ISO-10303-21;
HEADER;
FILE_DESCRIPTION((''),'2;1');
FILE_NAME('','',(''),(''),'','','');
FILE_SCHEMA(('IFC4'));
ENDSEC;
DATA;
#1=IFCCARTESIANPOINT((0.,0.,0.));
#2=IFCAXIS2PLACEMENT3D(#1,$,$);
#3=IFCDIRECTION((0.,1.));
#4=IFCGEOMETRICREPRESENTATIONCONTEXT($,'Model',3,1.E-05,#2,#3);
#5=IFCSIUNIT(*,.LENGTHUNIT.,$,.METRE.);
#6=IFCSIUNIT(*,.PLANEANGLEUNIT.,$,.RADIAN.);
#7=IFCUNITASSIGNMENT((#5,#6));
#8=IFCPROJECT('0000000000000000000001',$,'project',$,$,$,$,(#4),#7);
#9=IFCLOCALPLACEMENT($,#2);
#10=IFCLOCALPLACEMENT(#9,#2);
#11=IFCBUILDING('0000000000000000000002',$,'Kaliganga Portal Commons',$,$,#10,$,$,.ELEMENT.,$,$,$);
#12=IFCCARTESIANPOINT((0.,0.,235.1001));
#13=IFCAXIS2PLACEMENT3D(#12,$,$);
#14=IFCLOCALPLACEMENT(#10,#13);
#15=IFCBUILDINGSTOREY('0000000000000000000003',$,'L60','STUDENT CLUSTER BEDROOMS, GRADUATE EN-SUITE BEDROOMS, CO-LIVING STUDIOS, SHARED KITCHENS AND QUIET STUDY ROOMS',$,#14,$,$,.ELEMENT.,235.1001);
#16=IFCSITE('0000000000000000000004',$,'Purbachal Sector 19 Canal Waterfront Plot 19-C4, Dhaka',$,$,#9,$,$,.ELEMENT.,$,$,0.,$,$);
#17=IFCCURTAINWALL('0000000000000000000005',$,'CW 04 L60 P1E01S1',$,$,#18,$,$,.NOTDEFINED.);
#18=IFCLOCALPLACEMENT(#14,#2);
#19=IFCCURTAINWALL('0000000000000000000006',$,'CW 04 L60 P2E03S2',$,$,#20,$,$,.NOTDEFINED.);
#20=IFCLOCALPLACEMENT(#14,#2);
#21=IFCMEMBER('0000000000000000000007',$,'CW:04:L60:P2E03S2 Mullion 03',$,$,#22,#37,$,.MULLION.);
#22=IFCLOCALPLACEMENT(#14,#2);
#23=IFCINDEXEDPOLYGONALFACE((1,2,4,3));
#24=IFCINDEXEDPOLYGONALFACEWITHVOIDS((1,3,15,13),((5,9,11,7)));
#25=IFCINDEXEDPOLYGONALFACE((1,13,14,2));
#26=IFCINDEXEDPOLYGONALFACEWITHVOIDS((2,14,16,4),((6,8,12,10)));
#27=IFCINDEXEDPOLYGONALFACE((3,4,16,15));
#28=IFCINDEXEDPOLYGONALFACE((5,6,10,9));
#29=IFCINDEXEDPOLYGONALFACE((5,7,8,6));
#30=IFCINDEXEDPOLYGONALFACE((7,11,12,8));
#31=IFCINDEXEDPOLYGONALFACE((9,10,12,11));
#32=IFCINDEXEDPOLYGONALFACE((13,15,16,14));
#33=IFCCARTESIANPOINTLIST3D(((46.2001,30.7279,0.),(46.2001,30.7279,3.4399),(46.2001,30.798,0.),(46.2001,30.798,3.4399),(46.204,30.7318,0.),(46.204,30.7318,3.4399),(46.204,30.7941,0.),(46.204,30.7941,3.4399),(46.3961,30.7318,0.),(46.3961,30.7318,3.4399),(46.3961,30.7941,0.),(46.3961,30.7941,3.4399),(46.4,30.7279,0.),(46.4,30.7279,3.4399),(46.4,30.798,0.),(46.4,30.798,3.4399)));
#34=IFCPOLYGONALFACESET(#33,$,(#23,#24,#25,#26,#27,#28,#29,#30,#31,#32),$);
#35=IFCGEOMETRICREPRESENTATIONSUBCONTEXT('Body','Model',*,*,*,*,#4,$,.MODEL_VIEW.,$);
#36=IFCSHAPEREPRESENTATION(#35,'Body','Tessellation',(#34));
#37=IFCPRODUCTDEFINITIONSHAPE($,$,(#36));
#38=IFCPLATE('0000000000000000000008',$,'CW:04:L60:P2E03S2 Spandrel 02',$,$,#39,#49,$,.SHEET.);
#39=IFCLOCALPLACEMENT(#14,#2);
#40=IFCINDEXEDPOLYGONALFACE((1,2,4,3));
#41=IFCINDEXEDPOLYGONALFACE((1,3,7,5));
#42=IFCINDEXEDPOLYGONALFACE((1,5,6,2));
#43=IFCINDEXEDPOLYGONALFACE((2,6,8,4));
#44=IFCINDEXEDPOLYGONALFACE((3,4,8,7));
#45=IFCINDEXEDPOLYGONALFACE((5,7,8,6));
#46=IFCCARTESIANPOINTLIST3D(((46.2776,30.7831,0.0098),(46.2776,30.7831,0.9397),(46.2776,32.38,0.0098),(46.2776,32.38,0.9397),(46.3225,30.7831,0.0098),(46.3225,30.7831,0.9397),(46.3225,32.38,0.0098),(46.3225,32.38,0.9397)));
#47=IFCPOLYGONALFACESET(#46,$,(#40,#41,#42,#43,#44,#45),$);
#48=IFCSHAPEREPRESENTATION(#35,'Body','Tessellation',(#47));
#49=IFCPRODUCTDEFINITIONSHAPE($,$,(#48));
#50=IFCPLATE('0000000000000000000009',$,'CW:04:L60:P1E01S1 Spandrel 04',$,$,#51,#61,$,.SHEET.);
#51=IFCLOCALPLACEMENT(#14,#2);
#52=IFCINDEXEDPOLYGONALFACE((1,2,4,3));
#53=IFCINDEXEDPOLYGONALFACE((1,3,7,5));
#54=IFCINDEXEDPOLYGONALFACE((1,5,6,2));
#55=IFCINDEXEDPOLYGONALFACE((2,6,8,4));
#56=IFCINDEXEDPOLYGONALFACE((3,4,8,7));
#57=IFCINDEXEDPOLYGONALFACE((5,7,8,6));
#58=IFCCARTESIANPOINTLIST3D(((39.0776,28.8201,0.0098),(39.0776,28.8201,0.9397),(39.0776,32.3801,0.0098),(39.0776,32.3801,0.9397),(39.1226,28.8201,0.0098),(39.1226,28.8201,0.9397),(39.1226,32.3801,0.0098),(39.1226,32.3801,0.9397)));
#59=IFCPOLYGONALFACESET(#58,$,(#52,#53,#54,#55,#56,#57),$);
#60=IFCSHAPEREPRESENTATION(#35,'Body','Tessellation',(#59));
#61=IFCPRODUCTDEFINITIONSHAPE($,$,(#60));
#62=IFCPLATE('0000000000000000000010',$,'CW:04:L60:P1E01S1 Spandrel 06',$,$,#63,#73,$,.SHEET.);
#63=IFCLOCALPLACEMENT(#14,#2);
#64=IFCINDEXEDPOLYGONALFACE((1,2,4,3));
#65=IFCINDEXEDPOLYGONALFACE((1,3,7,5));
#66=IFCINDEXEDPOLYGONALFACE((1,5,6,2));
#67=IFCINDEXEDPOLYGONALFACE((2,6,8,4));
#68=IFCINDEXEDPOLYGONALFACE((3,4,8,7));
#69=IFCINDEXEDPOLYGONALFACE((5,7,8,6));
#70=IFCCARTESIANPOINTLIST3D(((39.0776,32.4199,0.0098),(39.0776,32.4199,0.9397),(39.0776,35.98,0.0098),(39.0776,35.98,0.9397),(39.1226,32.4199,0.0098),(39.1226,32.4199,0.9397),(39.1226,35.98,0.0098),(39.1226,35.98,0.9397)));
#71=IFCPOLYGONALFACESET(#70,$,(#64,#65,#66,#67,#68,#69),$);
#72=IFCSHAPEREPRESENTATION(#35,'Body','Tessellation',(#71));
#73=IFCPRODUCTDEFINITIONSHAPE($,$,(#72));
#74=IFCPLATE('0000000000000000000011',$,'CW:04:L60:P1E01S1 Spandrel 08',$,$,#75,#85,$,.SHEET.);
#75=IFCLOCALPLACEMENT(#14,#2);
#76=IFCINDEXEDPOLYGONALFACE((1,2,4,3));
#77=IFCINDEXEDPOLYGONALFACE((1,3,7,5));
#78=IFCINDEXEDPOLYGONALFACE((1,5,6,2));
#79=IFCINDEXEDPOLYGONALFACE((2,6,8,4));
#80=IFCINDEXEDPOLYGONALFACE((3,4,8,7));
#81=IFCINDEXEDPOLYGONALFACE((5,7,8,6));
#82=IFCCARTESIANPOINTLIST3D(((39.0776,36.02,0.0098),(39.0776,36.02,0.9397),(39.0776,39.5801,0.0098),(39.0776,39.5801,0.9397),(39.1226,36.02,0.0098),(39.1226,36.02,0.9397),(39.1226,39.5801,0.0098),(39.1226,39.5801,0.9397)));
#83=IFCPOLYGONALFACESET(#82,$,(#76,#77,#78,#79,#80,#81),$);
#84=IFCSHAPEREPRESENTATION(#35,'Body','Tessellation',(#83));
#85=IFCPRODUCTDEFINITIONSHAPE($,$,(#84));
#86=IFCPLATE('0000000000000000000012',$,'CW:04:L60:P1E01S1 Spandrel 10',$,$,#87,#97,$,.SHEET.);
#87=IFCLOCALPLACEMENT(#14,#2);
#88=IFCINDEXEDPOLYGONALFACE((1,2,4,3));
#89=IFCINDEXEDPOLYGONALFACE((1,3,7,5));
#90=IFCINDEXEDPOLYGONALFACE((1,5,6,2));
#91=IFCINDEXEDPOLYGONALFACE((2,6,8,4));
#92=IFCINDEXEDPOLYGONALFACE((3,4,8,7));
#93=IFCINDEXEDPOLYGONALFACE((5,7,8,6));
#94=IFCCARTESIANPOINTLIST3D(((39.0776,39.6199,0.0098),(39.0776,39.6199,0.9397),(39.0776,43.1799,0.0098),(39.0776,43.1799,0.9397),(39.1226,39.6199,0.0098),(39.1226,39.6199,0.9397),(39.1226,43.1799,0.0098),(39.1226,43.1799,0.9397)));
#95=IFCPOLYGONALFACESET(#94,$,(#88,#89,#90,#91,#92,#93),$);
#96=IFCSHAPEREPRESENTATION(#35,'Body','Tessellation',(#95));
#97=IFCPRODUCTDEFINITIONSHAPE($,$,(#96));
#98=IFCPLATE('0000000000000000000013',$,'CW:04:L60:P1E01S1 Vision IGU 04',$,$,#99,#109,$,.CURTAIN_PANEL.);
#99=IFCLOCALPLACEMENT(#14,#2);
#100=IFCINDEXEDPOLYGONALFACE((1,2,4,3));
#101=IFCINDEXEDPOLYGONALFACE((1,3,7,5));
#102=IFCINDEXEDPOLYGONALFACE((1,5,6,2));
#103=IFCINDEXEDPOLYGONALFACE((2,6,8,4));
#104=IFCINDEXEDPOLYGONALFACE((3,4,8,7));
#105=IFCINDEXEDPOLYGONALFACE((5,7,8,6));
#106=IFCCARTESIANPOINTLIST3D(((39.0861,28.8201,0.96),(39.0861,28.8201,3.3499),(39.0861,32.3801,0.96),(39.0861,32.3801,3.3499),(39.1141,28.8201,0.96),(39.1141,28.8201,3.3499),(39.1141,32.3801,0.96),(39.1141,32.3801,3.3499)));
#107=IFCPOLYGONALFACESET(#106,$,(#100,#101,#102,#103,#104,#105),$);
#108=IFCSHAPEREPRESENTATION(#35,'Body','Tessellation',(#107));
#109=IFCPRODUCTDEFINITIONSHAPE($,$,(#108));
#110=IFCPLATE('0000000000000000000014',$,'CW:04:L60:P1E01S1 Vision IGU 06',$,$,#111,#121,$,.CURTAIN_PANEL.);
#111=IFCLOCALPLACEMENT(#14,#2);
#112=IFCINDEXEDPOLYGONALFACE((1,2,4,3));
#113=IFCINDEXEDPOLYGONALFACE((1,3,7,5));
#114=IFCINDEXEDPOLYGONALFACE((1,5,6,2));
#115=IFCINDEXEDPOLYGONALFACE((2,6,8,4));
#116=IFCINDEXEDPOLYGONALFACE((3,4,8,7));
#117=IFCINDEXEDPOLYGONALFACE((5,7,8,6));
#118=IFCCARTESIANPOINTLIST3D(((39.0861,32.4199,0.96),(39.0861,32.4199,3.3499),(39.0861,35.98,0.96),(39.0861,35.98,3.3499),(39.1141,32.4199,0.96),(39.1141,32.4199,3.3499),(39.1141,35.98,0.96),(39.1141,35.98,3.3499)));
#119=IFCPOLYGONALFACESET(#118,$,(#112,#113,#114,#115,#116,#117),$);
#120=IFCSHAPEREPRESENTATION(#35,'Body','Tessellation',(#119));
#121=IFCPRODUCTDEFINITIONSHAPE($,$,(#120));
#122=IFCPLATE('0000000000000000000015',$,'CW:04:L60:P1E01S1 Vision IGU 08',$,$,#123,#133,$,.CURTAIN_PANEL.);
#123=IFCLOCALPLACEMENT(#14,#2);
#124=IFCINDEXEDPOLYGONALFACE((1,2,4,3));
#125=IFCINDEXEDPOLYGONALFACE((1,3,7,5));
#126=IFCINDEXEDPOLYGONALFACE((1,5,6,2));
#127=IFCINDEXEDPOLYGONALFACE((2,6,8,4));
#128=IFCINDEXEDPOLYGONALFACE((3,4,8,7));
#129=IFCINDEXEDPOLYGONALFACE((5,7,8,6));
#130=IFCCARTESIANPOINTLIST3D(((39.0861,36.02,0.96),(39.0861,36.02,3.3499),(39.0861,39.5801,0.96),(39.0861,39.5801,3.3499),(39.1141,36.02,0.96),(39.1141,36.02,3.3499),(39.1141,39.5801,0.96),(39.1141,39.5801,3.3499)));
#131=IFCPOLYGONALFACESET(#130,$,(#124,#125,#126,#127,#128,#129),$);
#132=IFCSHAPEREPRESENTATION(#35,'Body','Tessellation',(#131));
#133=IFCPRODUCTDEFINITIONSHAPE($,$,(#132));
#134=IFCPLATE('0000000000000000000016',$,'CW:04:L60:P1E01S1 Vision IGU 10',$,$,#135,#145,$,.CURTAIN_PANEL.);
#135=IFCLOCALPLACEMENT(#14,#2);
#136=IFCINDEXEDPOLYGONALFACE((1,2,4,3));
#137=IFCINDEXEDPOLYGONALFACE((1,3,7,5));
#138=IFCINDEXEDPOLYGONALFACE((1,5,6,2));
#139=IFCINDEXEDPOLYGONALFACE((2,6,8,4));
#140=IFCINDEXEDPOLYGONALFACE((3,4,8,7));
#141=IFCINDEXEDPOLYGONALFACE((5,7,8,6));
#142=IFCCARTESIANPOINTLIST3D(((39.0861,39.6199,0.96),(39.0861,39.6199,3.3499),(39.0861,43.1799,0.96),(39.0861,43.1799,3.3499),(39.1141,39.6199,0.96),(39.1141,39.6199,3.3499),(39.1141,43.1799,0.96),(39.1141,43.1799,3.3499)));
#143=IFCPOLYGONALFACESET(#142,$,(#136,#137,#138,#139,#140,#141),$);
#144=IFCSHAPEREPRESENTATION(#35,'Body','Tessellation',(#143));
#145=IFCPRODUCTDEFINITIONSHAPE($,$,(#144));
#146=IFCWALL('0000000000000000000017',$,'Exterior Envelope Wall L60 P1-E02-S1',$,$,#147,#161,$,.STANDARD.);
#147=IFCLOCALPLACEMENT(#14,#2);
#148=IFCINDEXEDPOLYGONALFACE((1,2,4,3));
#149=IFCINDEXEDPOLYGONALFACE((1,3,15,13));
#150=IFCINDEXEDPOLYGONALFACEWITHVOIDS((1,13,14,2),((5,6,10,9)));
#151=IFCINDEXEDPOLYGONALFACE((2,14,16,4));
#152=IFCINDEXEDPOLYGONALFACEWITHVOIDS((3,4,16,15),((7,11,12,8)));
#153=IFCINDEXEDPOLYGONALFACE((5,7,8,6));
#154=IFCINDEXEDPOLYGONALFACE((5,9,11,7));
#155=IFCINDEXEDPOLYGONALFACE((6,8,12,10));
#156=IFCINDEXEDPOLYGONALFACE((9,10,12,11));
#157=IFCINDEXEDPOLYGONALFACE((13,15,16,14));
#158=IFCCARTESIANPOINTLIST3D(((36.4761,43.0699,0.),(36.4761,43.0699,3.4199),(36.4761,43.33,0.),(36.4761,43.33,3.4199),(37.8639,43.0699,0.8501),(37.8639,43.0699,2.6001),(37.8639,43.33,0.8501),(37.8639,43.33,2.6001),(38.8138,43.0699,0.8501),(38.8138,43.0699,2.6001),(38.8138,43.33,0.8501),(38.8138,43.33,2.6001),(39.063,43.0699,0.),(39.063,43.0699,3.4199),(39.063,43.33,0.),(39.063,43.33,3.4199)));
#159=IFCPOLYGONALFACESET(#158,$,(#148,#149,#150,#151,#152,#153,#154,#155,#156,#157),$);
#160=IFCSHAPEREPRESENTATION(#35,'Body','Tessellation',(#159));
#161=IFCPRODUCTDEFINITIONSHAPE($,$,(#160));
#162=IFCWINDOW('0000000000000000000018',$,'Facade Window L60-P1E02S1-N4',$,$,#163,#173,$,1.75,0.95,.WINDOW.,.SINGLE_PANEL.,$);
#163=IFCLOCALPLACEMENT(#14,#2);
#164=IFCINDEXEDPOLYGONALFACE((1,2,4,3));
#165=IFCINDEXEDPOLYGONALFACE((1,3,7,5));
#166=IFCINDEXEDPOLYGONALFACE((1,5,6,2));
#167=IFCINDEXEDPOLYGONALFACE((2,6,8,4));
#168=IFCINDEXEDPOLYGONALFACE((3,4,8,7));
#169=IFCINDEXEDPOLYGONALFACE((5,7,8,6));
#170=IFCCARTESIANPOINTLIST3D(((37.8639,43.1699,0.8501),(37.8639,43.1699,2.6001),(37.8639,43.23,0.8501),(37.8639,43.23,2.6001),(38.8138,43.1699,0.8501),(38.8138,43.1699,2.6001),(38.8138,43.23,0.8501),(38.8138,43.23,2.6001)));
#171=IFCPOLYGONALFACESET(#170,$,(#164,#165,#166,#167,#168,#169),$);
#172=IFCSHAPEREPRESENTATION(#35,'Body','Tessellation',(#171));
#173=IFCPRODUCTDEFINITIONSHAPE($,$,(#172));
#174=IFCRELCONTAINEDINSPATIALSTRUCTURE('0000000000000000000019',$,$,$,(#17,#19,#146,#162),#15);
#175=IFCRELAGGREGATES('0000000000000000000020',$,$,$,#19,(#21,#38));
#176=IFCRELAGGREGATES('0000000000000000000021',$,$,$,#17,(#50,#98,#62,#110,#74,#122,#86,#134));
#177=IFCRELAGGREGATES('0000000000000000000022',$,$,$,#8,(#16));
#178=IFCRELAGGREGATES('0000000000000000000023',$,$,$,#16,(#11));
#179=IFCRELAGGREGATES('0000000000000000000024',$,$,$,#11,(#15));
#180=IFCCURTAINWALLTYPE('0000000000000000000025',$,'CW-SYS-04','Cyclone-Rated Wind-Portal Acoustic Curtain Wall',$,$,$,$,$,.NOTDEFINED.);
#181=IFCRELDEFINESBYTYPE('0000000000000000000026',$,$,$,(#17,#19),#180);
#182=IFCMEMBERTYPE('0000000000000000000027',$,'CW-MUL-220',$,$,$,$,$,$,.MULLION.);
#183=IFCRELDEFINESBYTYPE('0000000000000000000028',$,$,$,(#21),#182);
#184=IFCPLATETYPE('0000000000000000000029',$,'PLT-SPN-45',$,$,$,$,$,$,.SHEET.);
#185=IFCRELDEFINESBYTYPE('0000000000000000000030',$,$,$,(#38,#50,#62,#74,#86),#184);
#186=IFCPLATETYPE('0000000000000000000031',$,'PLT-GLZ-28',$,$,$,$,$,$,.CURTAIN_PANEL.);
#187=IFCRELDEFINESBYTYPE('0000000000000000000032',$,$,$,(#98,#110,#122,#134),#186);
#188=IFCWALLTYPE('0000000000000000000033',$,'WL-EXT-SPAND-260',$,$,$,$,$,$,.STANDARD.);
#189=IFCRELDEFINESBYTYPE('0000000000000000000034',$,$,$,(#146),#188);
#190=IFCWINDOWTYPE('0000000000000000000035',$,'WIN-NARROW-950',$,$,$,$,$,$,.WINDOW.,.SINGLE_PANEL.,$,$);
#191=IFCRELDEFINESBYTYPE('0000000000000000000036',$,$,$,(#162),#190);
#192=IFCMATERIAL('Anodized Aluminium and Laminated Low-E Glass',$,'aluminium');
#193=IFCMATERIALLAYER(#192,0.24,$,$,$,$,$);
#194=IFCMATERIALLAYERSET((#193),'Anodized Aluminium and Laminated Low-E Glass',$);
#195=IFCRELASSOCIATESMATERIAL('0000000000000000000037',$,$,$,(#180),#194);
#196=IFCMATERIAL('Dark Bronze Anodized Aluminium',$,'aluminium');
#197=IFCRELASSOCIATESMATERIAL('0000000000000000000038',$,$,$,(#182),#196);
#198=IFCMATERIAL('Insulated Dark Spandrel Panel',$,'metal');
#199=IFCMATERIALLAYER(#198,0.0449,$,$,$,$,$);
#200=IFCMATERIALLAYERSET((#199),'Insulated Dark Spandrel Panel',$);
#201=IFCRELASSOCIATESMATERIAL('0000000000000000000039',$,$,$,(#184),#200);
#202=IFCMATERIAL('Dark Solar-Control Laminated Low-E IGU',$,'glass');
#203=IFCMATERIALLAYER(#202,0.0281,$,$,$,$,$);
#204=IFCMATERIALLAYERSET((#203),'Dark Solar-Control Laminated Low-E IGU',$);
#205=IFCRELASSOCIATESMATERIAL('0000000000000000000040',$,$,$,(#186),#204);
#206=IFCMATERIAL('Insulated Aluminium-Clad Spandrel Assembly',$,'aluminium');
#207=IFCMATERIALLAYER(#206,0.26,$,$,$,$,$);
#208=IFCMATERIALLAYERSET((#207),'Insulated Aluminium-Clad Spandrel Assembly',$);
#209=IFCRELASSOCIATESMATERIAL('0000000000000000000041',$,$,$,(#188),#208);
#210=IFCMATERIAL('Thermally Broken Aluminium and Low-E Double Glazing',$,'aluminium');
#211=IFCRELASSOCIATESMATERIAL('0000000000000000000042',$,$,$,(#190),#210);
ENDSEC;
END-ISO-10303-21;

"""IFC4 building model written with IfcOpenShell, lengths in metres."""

from ifc_helpers import new_model, si_unit, direction, frame, frame_2d, origin, origin_2d, place, context, subcontext, project, spatial, rectangle, hollow_rectangle, extrude, source, transform, mapped, material, layer, layer_set, material_profile, profile_set, type_object, element, fill, aggregate, save


model = new_model("IFC4")

# Units and contexts
model_context = context("Model", 3, precision=1e-05, world=origin(), true_north=direction((0.0, 1.0)))
body_context = subcontext(model_context, "Body", "Model", "MODEL_VIEW")
ifc_project = project(units=[si_unit("LENGTHUNIT", "METRE"), si_unit("PLANEANGLEUNIT", "RADIAN")], contexts=[model_context])

# Site, building, storey
site_placement = place(None, origin())
site = spatial("IfcSite", under=ifc_project, at=site_placement, Name="Purbachal Sector 19 Canal Waterfront Plot 19-C4, Dhaka", CompositionType="ELEMENT", RefElevation=0.0)
building_placement = place(site_placement, origin())
building = spatial("IfcBuilding", under=site, at=building_placement, Name="Kaliganga Portal Commons", CompositionType="ELEMENT")
storey_placement = place(building_placement, frame((0.0, 0.0, 235.1001)))
storey = spatial("IfcBuildingStorey", under=building, at=storey_placement, Name="L60", Description="STUDENT CLUSTER BEDROOMS, GRADUATE EN-SUITE BEDROOMS, CO-LIVING STUDIOS, SHARED KITCHENS AND QUIET STUDY ROOMS", CompositionType="ELEMENT", Elevation=235.1001)

# Curtain wall
ifc_material_1 = material(Name="Anodized Aluminium and Laminated Low-E Glass", Category="aluminium")
ifc_layer_1 = layer(ifc_material_1, 0.24)
ifc_layer_set_1 = layer_set([ifc_layer_1], Name="Anodized Aluminium and Laminated Low-E Glass")
curtain_wall_type = type_object("IfcCurtainWallType", Name="CW-SYS-04", Description="Cyclone-Rated Wind-Portal Acoustic Curtain Wall", PredefinedType="NOTDEFINED", material=ifc_layer_set_1)
curtain_wall_1_placement = place(storey_placement, origin())
curtain_wall_1 = element("IfcCurtainWall", 1, at=curtain_wall_1_placement, inside=storey, type_object=curtain_wall_type, Name="CW 04 L60 P1E01S1", PredefinedType="NOTDEFINED")
ifc_material_2 = material(Name="Dark Bronze Anodized Aluminium", Category="aluminium")
ifc_material_profile_1 = material_profile(ifc_material_2, hollow_rectangle(XDim=0.0701, YDim=0.2, WallThickness=0.0039, at=origin_2d()), Name="ALU MULL 70x200x4")
ifc_profile_set_1 = profile_set([ifc_material_profile_1], Name="Dark Bronze Anodized Aluminium")
member_type = type_object("IfcMemberType", Name="CW-MUL-220", PredefinedType="MULLION", material=ifc_profile_set_1)
shared_shape_1 = source(origin(), body_context, "Body", "SweptSolid", [
    extrude(hollow_rectangle(XDim=0.0701, YDim=0.2, WallThickness=0.0039, at=origin_2d()), origin(), (0.0, 0.0, 1.0), 3.4399),
])

# Curtain wall, member, plate
curtain_wall_2_placement = place(storey_placement, origin())
curtain_wall_2 = element("IfcCurtainWall", 2, at=curtain_wall_2_placement, inside=storey, type_object=curtain_wall_type, Name="CW 04 L60 P2E03S2", PredefinedType="NOTDEFINED")
member_1_placement = place(storey_placement, frame((46.3, 30.7629, 0.0), z_axis=(0.0, 0.0, 1.0), x_axis=(0.0, -1.0, 0.0)))
member_1 = element("IfcMember", 3, at=member_1_placement, type_object=member_type, Name="CW:04:L60:P2E03S2 Mullion 03", PredefinedType="MULLION", context=body_context, shape_type="MappedRepresentation", body=[
    mapped(shared_shape_1, transform((0.0, 0.0, 0.0), x_axis=(1.0, 0.0, 0.0), y_axis=(0.0, 1.0, 0.0), z_axis=(0.0, 0.0, 1.0), scale=1.0)),
])
ifc_material_3 = material(Name="Insulated Dark Spandrel Panel", Category="metal")
ifc_layer_2 = layer(ifc_material_3, 0.0449)
ifc_layer_set_2 = layer_set([ifc_layer_2], Name="Insulated Dark Spandrel Panel")
plate_type_1 = type_object("IfcPlateType", Name="PLT-SPN-45", PredefinedType="SHEET", material=ifc_layer_set_2)
shared_shape_2 = source(origin(), body_context, "Body", "SweptSolid", [
    extrude(rectangle(XDim=1.5969, YDim=0.0449, at=origin_2d()), origin(), (0.0, 0.0, 1.0), 0.9299),
])
plate_1_placement = place(storey_placement, frame((46.3, 31.5815, 0.0098), z_axis=(0.0, 0.0, 1.0), x_axis=(0.0, -1.0, 0.0)))
plate_1 = element("IfcPlate", 4, at=plate_1_placement, type_object=plate_type_1, Name="CW:04:L60:P2E03S2 Spandrel 02", PredefinedType="SHEET", context=body_context, shape_type="MappedRepresentation", body=[
    mapped(shared_shape_2, transform((0.0, 0.0, 0.0), x_axis=(1.0, 0.0, 0.0), y_axis=(0.0, 1.0, 0.0), z_axis=(0.0, 0.0, 1.0), scale=1.0)),
])
aggregate(curtain_wall_2, [member_1, plate_1])

# Plates
shared_shape_3 = source(origin(), body_context, "Body", "SweptSolid", [
    extrude(rectangle(XDim=3.5601, YDim=0.0449, at=origin_2d()), origin(), (0.0, 0.0, 1.0), 0.9299),
])
plate_2_placement = place(storey_placement, frame((39.1001, 30.6001, 0.0098), z_axis=(0.0, 0.0, 1.0), x_axis=(0.0, 1.0, 0.0)))
plate_2 = element("IfcPlate", 5, at=plate_2_placement, type_object=plate_type_1, Name="CW:04:L60:P1E01S1 Spandrel 04", PredefinedType="SHEET", context=body_context, shape_type="MappedRepresentation", body=[
    mapped(shared_shape_3, transform((0.0, 0.0, 0.0), x_axis=(1.0, 0.0, 0.0), y_axis=(0.0, 1.0, 0.0), z_axis=(0.0, 0.0, 1.0), scale=1.0)),
])
plate_3_placement = place(storey_placement, frame((39.1001, 34.2, 0.0098), z_axis=(0.0, 0.0, 1.0), x_axis=(0.0, 1.0, 0.0)))
plate_3 = element("IfcPlate", 6, at=plate_3_placement, type_object=plate_type_1, Name="CW:04:L60:P1E01S1 Spandrel 06", PredefinedType="SHEET", context=body_context, shape_type="MappedRepresentation", body=[
    mapped(shared_shape_3, transform((0.0, 0.0, 0.0), x_axis=(1.0, 0.0, 0.0), y_axis=(0.0, 1.0, 0.0), z_axis=(0.0, 0.0, 1.0), scale=1.0)),
])
plate_4_placement = place(storey_placement, frame((39.1001, 37.8, 0.0098), z_axis=(0.0, 0.0, 1.0), x_axis=(0.0, 1.0, 0.0)))
plate_4 = element("IfcPlate", 7, at=plate_4_placement, type_object=plate_type_1, Name="CW:04:L60:P1E01S1 Spandrel 08", PredefinedType="SHEET", context=body_context, shape_type="MappedRepresentation", body=[
    mapped(shared_shape_3, transform((0.0, 0.0, 0.0), x_axis=(1.0, 0.0, 0.0), y_axis=(0.0, 1.0, 0.0), z_axis=(0.0, 0.0, 1.0), scale=1.0)),
])
plate_5_placement = place(storey_placement, frame((39.1001, 41.3999, 0.0098), z_axis=(0.0, 0.0, 1.0), x_axis=(0.0, 1.0, 0.0)))
plate_5 = element("IfcPlate", 8, at=plate_5_placement, type_object=plate_type_1, Name="CW:04:L60:P1E01S1 Spandrel 10", PredefinedType="SHEET", context=body_context, shape_type="MappedRepresentation", body=[
    mapped(shared_shape_3, transform((0.0, 0.0, 0.0), x_axis=(1.0, 0.0, 0.0), y_axis=(0.0, 1.0, 0.0), z_axis=(0.0, 0.0, 1.0), scale=1.0)),
])
ifc_material_4 = material(Name="Dark Solar-Control Laminated Low-E IGU", Category="glass")
ifc_layer_3 = layer(ifc_material_4, 0.0281)
ifc_layer_set_3 = layer_set([ifc_layer_3], Name="Dark Solar-Control Laminated Low-E IGU")
plate_type_2 = type_object("IfcPlateType", Name="PLT-GLZ-28", PredefinedType="CURTAIN_PANEL", material=ifc_layer_set_3)
shared_shape_4 = source(origin(), body_context, "Body", "SweptSolid", [
    extrude(rectangle(XDim=3.5601, YDim=0.0281, at=origin_2d()), origin(), (0.0, 0.0, 1.0), 2.3899),
])
plate_6_placement = place(storey_placement, frame((39.1001, 30.6001, 0.96), z_axis=(0.0, 0.0, 1.0), x_axis=(0.0, 1.0, 0.0)))
plate_6 = element("IfcPlate", 9, at=plate_6_placement, type_object=plate_type_2, Name="CW:04:L60:P1E01S1 Vision IGU 04", PredefinedType="CURTAIN_PANEL", context=body_context, shape_type="MappedRepresentation", body=[
    mapped(shared_shape_4, transform((0.0, 0.0, 0.0), x_axis=(1.0, 0.0, 0.0), y_axis=(0.0, 1.0, 0.0), z_axis=(0.0, 0.0, 1.0), scale=1.0)),
])
plate_7_placement = place(storey_placement, frame((39.1001, 34.2, 0.96), z_axis=(0.0, 0.0, 1.0), x_axis=(0.0, 1.0, 0.0)))
plate_7 = element("IfcPlate", 10, at=plate_7_placement, type_object=plate_type_2, Name="CW:04:L60:P1E01S1 Vision IGU 06", PredefinedType="CURTAIN_PANEL", context=body_context, shape_type="MappedRepresentation", body=[
    mapped(shared_shape_4, transform((0.0, 0.0, 0.0), x_axis=(1.0, 0.0, 0.0), y_axis=(0.0, 1.0, 0.0), z_axis=(0.0, 0.0, 1.0), scale=1.0)),
])
plate_8_placement = place(storey_placement, frame((39.1001, 37.8, 0.96), z_axis=(0.0, 0.0, 1.0), x_axis=(0.0, 1.0, 0.0)))
plate_8 = element("IfcPlate", 11, at=plate_8_placement, type_object=plate_type_2, Name="CW:04:L60:P1E01S1 Vision IGU 08", PredefinedType="CURTAIN_PANEL", context=body_context, shape_type="MappedRepresentation", body=[
    mapped(shared_shape_4, transform((0.0, 0.0, 0.0), x_axis=(1.0, 0.0, 0.0), y_axis=(0.0, 1.0, 0.0), z_axis=(0.0, 0.0, 1.0), scale=1.0)),
])
plate_9_placement = place(storey_placement, frame((39.1001, 41.3999, 0.96), z_axis=(0.0, 0.0, 1.0), x_axis=(0.0, 1.0, 0.0)))
plate_9 = element("IfcPlate", 12, at=plate_9_placement, type_object=plate_type_2, Name="CW:04:L60:P1E01S1 Vision IGU 10", PredefinedType="CURTAIN_PANEL", context=body_context, shape_type="MappedRepresentation", body=[
    mapped(shared_shape_4, transform((0.0, 0.0, 0.0), x_axis=(1.0, 0.0, 0.0), y_axis=(0.0, 1.0, 0.0), z_axis=(0.0, 0.0, 1.0), scale=1.0)),
])
aggregate(curtain_wall_1, [plate_2, plate_6, plate_3, plate_7, plate_4, plate_8, plate_5, plate_9])

# Wall, opening, window
ifc_material_5 = material(Name="Insulated Aluminium-Clad Spandrel Assembly", Category="aluminium")
ifc_layer_4 = layer(ifc_material_5, 0.26)
ifc_layer_set_4 = layer_set([ifc_layer_4], Name="Insulated Aluminium-Clad Spandrel Assembly")
wall_type_1 = type_object("IfcWallType", Name="WL-EXT-SPAND-260", PredefinedType="STANDARD", material=ifc_layer_set_4)
wall_1_placement = place(storey_placement, frame((36.4761, 43.2, 0.0), z_axis=(0.0, 0.0, 1.0), x_axis=(1.0, 0.0, 0.0)))
wall_1 = element("IfcWall", 13, at=wall_1_placement, inside=storey, type_object=wall_type_1, Name="Exterior Envelope Wall L60 P1-E02-S1", PredefinedType="STANDARD", context=body_context, shape_type="SweptSolid", body=[
    extrude(rectangle(XDim=2.5869, YDim=0.26, at=frame_2d((1.2935, 0.0))), origin(), (0.0, 0.0, 1.0), 3.4199),
])
opening_1_placement = place(wall_1_placement, frame((1.3877, 0.0, 0.8501)))
opening_1 = element("IfcOpeningElement", 14, at=opening_1_placement, cuts=wall_1, PredefinedType="OPENING", context=body_context, shape_type="SweptSolid", body=[
    extrude(rectangle(XDim=0.95, YDim=1.75, at=frame_2d((0.4751, 0.875))), frame((0.0, 0.1401, 0.0), z_axis=(0.0, -1.0, 0.0), x_axis=(1.0, 0.0, 0.0)), (0.0, 0.0, 1.0), 0.28),
])
ifc_material_6 = material(Name="Thermally Broken Aluminium and Low-E Double Glazing", Category="aluminium")
window_type = type_object("IfcWindowType", Name="WIN-NARROW-950", PartitioningType="SINGLE_PANEL", PredefinedType="WINDOW", material=ifc_material_6)
window_placement = place(opening_1_placement, origin())
window = element("IfcWindow", 15, at=window_placement, inside=storey, type_object=window_type, Name="Facade Window L60-P1E02S1-N4", OverallHeight=1.75, OverallWidth=0.95, PartitioningType="SINGLE_PANEL", PredefinedType="WINDOW", context=body_context, shape_type="SweptSolid", body=[
    extrude(rectangle(XDim=0.95, YDim=1.75, at=frame_2d((0.4751, 0.875))), frame((0.0, 0.03, 0.0), z_axis=(0.0, -1.0, 0.0), x_axis=(1.0, 0.0, 0.0)), (0.0, 0.0, 1.0), 0.0601),
])
fill(opening_1, window)

save(model, "model.ifc")
